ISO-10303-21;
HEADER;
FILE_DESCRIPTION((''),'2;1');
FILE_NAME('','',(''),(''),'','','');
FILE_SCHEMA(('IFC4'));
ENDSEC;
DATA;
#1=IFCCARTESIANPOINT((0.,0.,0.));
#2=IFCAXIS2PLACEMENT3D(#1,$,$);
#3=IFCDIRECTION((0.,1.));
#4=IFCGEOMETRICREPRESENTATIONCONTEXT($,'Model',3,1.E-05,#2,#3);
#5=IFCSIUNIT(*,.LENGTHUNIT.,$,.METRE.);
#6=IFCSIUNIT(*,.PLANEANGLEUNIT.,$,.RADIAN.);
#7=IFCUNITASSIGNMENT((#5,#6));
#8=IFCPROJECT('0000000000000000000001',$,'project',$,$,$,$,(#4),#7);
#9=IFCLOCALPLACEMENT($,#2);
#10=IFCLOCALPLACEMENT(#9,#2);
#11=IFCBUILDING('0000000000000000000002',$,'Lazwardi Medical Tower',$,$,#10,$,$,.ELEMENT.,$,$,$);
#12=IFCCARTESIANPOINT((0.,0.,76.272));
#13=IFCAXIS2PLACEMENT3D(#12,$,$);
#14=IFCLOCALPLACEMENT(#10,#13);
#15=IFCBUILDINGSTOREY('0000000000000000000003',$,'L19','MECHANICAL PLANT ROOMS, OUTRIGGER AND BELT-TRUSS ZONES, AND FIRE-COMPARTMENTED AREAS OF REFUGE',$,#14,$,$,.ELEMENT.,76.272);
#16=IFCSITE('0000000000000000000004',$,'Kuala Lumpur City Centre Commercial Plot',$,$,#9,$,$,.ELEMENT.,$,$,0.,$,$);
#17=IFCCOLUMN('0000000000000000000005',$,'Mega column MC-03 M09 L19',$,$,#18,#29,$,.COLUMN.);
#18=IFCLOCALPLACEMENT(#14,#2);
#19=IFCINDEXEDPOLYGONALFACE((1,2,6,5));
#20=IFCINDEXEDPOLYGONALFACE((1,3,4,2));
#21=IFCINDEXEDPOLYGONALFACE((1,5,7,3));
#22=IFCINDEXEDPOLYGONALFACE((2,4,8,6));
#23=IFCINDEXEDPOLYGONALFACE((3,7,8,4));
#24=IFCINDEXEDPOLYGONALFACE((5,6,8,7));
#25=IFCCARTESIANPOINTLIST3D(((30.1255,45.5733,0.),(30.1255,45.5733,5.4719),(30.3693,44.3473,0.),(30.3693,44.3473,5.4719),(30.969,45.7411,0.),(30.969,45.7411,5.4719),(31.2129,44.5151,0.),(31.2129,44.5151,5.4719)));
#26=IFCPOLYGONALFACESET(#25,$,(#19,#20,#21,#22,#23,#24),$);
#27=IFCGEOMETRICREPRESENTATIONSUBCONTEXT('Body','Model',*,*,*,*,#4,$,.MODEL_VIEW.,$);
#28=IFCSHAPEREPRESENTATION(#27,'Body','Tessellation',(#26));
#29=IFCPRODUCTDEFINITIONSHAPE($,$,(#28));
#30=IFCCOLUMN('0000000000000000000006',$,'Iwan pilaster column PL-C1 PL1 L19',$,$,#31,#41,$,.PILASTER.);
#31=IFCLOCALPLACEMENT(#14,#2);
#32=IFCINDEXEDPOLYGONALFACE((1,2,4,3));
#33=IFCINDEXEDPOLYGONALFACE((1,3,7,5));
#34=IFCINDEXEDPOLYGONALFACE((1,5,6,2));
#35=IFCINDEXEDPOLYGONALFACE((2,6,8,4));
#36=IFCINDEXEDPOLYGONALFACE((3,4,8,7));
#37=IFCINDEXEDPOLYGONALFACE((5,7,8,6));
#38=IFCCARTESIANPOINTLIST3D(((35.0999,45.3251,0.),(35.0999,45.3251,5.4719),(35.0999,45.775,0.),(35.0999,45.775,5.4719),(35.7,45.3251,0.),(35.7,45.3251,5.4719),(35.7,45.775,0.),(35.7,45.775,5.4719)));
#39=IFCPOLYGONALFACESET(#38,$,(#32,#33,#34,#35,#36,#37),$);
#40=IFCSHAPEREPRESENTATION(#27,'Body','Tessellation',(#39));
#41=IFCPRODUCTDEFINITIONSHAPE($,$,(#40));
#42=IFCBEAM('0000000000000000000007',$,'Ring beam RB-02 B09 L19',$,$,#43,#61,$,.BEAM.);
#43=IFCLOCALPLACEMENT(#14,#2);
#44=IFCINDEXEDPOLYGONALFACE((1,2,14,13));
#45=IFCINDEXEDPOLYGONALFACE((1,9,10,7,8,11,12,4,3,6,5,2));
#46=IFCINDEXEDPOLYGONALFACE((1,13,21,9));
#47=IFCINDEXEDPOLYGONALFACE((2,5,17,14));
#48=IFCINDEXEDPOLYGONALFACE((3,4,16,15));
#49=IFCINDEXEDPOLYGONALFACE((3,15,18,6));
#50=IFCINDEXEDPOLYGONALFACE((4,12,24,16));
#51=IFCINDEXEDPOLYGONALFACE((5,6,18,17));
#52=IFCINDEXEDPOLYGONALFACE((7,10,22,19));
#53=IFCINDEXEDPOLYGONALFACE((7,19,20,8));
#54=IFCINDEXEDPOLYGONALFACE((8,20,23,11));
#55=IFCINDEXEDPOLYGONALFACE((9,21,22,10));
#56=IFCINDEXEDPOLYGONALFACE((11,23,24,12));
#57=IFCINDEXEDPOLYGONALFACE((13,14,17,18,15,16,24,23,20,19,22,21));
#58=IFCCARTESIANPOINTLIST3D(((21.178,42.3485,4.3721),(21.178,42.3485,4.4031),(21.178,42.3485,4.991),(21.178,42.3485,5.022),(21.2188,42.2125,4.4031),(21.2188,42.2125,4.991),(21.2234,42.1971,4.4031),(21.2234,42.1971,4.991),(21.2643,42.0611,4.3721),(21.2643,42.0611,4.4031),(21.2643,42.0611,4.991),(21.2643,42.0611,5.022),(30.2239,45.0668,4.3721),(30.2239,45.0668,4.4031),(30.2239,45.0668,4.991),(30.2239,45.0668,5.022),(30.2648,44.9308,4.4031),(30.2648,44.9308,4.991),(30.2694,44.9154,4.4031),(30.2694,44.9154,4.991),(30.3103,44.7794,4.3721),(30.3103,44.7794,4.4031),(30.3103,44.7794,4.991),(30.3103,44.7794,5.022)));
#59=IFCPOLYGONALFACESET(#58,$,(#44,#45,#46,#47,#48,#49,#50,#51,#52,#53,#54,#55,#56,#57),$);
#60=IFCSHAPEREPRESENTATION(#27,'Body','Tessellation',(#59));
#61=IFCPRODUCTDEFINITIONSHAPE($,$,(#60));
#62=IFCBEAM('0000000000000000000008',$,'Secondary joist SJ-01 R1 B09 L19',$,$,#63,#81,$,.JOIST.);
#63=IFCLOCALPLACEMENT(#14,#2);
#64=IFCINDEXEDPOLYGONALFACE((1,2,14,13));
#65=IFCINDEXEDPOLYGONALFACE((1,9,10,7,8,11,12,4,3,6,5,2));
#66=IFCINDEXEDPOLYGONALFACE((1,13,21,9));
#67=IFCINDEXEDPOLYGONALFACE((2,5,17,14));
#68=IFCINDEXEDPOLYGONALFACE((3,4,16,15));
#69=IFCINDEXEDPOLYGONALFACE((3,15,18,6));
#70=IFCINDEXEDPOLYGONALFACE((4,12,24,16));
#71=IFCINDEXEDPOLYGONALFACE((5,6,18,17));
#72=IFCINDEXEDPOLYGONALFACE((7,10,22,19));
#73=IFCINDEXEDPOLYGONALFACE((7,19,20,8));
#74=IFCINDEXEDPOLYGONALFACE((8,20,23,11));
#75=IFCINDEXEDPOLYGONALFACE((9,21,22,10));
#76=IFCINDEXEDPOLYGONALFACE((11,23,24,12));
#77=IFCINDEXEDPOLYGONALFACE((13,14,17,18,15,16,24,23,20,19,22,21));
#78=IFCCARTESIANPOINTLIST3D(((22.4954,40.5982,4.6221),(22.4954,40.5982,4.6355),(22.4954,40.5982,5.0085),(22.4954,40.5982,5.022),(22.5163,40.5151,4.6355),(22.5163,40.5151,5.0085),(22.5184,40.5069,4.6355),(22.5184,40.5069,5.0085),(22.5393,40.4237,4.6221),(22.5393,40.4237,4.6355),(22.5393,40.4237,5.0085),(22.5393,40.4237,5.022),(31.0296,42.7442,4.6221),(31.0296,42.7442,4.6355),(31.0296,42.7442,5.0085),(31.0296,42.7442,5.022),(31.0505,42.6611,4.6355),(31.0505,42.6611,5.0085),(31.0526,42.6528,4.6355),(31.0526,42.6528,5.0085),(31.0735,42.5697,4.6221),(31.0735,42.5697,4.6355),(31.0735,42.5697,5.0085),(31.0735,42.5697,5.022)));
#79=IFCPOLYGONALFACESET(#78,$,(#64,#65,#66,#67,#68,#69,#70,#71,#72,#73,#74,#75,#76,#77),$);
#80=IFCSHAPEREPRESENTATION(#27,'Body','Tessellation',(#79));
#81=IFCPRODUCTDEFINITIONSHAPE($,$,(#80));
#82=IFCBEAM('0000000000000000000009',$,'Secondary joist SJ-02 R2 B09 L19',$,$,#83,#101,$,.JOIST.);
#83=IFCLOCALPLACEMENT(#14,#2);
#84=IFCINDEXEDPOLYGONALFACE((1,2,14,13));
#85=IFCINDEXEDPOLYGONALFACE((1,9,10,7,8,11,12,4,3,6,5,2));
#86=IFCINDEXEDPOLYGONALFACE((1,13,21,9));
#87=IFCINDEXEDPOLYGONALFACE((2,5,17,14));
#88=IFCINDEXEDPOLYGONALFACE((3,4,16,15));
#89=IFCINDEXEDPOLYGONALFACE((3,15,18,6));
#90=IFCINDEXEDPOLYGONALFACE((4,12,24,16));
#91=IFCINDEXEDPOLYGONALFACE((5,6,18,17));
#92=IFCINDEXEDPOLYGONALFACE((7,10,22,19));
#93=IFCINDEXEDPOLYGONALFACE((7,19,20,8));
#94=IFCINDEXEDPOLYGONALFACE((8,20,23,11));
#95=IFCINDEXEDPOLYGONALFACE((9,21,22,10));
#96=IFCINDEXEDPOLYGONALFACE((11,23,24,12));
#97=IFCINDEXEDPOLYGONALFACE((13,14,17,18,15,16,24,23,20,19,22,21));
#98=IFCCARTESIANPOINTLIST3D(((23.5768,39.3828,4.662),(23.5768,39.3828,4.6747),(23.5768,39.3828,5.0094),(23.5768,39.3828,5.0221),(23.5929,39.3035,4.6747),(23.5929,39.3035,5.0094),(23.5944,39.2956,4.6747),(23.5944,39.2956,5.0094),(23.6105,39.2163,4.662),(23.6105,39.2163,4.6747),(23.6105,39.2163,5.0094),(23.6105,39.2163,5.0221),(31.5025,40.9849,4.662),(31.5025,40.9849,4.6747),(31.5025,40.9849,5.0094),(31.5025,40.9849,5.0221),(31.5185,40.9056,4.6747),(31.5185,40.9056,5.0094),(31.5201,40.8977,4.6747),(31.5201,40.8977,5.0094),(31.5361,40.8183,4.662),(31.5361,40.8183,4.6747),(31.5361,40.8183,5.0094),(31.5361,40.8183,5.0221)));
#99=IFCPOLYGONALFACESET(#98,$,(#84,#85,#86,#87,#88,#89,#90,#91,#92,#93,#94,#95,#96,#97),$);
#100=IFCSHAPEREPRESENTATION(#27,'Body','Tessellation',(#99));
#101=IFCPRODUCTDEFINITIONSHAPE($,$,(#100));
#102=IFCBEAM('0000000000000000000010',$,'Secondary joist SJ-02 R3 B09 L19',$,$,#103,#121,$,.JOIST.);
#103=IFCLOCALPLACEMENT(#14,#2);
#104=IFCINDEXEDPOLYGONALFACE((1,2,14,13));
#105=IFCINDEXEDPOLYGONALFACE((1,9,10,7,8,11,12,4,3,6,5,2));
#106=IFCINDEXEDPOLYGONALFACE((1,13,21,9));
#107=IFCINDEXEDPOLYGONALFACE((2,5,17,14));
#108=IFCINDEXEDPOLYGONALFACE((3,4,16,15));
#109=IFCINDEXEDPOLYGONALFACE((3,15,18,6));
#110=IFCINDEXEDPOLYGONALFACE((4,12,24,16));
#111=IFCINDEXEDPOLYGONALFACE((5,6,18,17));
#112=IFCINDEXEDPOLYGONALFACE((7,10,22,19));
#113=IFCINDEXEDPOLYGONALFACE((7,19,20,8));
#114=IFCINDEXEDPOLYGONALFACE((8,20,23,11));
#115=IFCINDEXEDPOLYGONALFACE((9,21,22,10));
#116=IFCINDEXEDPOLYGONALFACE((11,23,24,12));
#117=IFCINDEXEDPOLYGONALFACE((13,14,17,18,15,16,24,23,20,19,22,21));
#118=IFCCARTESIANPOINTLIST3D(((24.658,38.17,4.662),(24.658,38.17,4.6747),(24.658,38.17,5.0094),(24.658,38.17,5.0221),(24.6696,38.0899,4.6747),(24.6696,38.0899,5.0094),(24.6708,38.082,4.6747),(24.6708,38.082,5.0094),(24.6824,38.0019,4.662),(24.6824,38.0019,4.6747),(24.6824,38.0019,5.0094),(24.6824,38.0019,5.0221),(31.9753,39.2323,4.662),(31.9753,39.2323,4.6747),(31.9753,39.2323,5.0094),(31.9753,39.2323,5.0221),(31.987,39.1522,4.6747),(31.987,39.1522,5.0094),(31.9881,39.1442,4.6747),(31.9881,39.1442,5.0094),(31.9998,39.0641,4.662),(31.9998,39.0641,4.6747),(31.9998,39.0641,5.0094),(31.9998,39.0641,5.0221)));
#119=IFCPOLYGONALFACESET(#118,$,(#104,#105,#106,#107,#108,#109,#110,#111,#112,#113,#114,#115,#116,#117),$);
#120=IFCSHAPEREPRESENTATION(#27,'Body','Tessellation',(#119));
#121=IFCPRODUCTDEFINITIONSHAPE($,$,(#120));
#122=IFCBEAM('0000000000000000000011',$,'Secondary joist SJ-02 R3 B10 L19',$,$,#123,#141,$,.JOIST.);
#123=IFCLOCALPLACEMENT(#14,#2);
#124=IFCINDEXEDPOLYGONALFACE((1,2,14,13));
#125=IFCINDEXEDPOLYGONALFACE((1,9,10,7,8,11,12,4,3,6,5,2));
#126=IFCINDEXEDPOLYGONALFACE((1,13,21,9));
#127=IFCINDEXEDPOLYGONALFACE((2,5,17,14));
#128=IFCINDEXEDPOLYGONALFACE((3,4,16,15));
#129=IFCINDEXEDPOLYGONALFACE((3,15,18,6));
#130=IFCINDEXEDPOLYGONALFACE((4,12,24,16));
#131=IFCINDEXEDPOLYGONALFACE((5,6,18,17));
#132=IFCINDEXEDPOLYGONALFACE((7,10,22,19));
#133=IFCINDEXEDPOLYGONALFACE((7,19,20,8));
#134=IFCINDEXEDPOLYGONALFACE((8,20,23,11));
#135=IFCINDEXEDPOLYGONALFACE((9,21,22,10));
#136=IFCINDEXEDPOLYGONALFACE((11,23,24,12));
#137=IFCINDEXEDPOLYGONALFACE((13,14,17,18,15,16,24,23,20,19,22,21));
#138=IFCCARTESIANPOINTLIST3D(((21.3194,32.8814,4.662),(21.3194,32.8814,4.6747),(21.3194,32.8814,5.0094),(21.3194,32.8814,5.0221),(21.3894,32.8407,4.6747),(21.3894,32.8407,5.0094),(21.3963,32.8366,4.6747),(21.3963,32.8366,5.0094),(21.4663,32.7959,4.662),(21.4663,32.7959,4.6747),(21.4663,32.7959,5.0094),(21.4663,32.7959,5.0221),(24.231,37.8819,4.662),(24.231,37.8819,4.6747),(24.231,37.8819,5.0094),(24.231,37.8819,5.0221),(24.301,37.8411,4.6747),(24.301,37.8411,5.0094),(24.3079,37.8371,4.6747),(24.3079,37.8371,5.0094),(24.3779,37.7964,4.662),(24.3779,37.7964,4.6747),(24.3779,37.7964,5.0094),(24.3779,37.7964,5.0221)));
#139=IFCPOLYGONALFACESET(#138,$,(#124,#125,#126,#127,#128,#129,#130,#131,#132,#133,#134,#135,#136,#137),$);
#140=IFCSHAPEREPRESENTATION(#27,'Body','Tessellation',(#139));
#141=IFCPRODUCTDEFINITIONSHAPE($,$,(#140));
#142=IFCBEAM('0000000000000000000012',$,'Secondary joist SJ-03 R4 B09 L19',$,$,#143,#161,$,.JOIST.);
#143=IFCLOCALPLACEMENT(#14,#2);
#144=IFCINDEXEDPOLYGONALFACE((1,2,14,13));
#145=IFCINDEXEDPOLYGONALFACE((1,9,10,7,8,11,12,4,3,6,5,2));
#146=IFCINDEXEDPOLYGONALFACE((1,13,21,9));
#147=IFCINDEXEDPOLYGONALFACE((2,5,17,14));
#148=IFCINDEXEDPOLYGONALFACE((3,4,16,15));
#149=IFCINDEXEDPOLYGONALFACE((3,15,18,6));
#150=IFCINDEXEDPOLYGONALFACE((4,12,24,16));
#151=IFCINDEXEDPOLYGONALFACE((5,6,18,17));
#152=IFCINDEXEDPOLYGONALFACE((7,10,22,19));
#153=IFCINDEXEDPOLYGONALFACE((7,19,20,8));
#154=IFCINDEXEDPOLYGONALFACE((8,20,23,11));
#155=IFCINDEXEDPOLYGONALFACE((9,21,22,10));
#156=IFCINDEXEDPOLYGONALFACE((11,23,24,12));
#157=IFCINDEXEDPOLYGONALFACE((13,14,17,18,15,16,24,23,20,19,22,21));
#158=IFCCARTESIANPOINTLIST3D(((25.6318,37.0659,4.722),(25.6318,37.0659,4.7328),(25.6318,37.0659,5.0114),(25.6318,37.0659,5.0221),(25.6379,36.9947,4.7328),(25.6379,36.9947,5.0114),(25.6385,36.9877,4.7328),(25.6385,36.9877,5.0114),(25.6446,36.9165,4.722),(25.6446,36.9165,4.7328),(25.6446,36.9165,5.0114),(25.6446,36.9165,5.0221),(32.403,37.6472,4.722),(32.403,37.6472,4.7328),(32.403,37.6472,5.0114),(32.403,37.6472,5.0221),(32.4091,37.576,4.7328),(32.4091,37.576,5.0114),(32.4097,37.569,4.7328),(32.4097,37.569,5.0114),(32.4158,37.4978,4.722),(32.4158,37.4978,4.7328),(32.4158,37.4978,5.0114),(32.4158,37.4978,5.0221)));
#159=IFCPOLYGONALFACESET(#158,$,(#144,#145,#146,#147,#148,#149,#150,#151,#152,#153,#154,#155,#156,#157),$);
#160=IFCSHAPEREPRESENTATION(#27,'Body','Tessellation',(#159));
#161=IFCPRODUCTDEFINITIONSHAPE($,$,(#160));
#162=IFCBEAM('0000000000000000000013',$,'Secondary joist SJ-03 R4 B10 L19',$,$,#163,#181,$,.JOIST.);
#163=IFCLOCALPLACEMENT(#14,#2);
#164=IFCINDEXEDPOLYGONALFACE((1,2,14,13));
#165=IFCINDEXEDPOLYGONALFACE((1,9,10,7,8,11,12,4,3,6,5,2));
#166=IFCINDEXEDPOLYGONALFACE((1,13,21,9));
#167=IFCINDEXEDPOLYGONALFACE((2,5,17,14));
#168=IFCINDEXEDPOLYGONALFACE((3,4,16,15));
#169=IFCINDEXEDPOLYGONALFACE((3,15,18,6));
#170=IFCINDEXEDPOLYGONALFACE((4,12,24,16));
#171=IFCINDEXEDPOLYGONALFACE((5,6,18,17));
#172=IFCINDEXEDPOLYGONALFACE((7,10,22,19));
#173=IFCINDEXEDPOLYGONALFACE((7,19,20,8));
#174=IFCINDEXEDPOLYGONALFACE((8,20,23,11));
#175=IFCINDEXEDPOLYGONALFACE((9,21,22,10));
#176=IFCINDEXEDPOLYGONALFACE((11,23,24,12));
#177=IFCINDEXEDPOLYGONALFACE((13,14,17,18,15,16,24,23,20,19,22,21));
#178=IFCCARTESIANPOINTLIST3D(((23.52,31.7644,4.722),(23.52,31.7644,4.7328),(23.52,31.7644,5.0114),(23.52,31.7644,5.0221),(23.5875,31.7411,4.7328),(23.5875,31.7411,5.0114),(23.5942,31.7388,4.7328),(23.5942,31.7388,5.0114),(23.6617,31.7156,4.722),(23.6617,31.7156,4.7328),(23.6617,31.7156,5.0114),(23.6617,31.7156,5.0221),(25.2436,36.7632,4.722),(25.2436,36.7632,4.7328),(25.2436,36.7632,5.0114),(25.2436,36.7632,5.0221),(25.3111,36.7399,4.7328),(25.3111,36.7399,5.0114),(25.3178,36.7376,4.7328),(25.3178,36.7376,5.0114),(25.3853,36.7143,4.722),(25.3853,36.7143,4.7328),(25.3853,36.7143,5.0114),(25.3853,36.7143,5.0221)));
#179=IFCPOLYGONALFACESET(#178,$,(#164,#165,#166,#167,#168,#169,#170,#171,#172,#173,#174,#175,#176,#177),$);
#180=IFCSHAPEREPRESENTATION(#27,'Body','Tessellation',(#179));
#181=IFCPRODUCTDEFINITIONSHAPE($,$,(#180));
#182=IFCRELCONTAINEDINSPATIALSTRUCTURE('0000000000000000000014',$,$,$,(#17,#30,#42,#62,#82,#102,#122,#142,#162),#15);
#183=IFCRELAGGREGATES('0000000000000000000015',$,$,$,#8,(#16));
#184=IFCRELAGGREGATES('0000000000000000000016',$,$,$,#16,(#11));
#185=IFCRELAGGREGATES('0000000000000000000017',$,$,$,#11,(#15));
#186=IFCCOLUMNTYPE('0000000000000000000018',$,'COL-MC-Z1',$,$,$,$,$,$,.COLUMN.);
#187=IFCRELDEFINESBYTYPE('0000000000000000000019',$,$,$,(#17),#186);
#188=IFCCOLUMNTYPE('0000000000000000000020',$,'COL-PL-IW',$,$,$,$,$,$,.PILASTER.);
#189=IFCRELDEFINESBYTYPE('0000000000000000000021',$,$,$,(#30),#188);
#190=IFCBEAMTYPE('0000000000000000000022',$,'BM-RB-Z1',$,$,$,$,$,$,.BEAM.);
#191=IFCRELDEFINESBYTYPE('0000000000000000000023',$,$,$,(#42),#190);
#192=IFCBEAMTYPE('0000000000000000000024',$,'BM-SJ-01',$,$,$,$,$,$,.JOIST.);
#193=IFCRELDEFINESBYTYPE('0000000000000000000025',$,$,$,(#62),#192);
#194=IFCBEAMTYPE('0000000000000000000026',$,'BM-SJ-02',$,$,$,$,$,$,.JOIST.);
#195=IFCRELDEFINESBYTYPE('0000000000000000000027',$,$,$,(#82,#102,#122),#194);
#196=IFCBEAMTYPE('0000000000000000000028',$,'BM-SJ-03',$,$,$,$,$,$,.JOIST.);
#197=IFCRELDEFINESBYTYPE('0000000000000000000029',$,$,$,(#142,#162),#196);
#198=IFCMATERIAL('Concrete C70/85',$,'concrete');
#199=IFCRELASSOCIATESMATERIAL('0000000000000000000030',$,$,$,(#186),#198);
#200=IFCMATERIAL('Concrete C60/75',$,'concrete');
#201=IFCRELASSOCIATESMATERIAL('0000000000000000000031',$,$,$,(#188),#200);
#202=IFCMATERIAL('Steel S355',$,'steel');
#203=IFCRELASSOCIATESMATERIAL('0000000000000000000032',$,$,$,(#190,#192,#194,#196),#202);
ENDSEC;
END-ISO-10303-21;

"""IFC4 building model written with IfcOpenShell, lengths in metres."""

from ifc_helpers import new_model, si_unit, direction, frame, origin, origin_2d, place, context, subcontext, project, spatial, rectangle, i_section, extrude, material, material_profile, profile_set, type_object, element, save


model = new_model("IFC4")

# Units and contexts
model_context = context("Model", 3, precision=1e-05, world=origin(), true_north=direction((0.0, 1.0)))
body_context = subcontext(model_context, "Body", "Model", "MODEL_VIEW")
ifc_project = project(units=[si_unit("LENGTHUNIT", "METRE"), si_unit("PLANEANGLEUNIT", "RADIAN")], contexts=[model_context])

# Site, building, storey
site_placement = place(None, origin())
site = spatial("IfcSite", under=ifc_project, at=site_placement, Name="Kuala Lumpur City Centre Commercial Plot", CompositionType="ELEMENT", RefElevation=0.0)
building_placement = place(site_placement, origin())
building = spatial("IfcBuilding", under=site, at=building_placement, Name="Lazwardi Medical Tower", CompositionType="ELEMENT")
storey_placement = place(building_placement, frame((0.0, 0.0, 76.272)))
storey = spatial("IfcBuildingStorey", under=building, at=storey_placement, Name="L19", Description="MECHANICAL PLANT ROOMS, OUTRIGGER AND BELT-TRUSS ZONES, AND FIRE-COMPARTMENTED AREAS OF REFUGE", CompositionType="ELEMENT", Elevation=76.272)

# Columns
ifc_material_1 = material(Name="Concrete C70/85", Category="concrete")
ifc_material_profile_1 = material_profile(ifc_material_1, rectangle(XDim=1.25, YDim=0.8601, at=origin_2d()), Name="CFT-RECT 1250x860")
ifc_profile_set_1 = profile_set([ifc_material_profile_1], Name="Concrete C70/85")
column_type_1 = type_object("IfcColumnType", Name="COL-MC-Z1", PredefinedType="COLUMN", material=ifc_profile_set_1)
column_1_placement = place(storey_placement, frame((30.6692, 45.0442, 0.0), z_axis=(0.0, 0.0, 1.0), x_axis=(-0.19509, 0.980785, 0.0)))
element("IfcColumn", 1, at=column_1_placement, inside=storey, type_object=column_type_1, Name="Mega column MC-03 M09 L19", PredefinedType="COLUMN", context=body_context, shape_type="SweptSolid", body=[
    extrude(rectangle(XDim=1.25, YDim=0.8601, at=origin_2d()), origin(), (0.0, 0.0, 1.0), 5.4719),
])
ifc_material_2 = material(Name="Concrete C60/75", Category="concrete")
ifc_material_profile_2 = material_profile(ifc_material_2, rectangle(XDim=0.6001, YDim=0.45, at=origin_2d()), Name="RC 600x450")
ifc_profile_set_2 = profile_set([ifc_material_profile_2], Name="Concrete C60/75")
column_type_2 = type_object("IfcColumnType", Name="COL-PL-IW", PredefinedType="PILASTER", material=ifc_profile_set_2)
column_2_placement = place(storey_placement, frame((35.3999, 45.55, 0.0), z_axis=(0.0, 0.0, 1.0), x_axis=(1.0, 0.0, 0.0)))
element("IfcColumn", 2, at=column_2_placement, inside=storey, type_object=column_type_2, Name="Iwan pilaster column PL-C1 PL1 L19", PredefinedType="PILASTER", context=body_context, shape_type="SweptSolid", body=[
    extrude(rectangle(XDim=0.6001, YDim=0.45, at=origin_2d()), origin(), (0.0, 0.0, 1.0), 5.4719),
])

# Beams
ifc_material_3 = material(Name="Steel S355", Category="steel")
ifc_material_profile_3 = material_profile(ifc_material_3, i_section(OverallWidth=0.3, OverallDepth=0.6499, WebThickness=0.0161, FlangeThickness=0.031, at=origin_2d()), Name="HEB 650")
ifc_profile_set_3 = profile_set([ifc_material_profile_3], Name="Steel S355")
beam_type_1 = type_object("IfcBeamType", Name="BM-RB-Z1", PredefinedType="BEAM", material=ifc_profile_set_3)
beam_1_placement = place(storey_placement, frame((30.2671, 44.9231, 4.697), z_axis=(-0.957695, -0.287784, 0.0), x_axis=(0.287784, -0.957695, 0.0)))
element("IfcBeam", 3, at=beam_1_placement, inside=storey, type_object=beam_type_1, Name="Ring beam RB-02 B09 L19", PredefinedType="BEAM", context=body_context, shape_type="SweptSolid", body=[
    extrude(i_section(OverallWidth=0.3, OverallDepth=0.6499, WebThickness=0.0161, FlangeThickness=0.031, at=origin_2d()), origin(), (0.0, 0.0, 1.0), 9.4456),
])
ifc_material_profile_4 = material_profile(ifc_material_3, i_section(OverallWidth=0.1799, OverallDepth=0.3999, WebThickness=0.0085, FlangeThickness=0.0134, at=origin_2d()), Name="IPE 400")
ifc_profile_set_4 = profile_set([ifc_material_profile_4], Name="Steel S355")
beam_type_2 = type_object("IfcBeamType", Name="BM-SJ-01", PredefinedType="JOIST", material=ifc_profile_set_4)
beam_2_placement = place(storey_placement, frame((31.0515, 42.657, 4.822), z_axis=(-0.969809, -0.243867, 0.0), x_axis=(0.243867, -0.969809, 0.0)))
element("IfcBeam", 4, at=beam_2_placement, inside=storey, type_object=beam_type_2, Name="Secondary joist SJ-01 R1 B09 L19", PredefinedType="JOIST", context=body_context, shape_type="SweptSolid", body=[
    extrude(i_section(OverallWidth=0.1799, OverallDepth=0.3999, WebThickness=0.0085, FlangeThickness=0.0134, at=origin_2d()), origin(), (0.0, 0.0, 1.0), 8.7998),
])
ifc_material_profile_5 = material_profile(ifc_material_3, i_section(OverallWidth=0.1699, OverallDepth=0.3601, WebThickness=0.0081, FlangeThickness=0.0127, at=origin_2d()), Name="IPE 360")
ifc_profile_set_5 = profile_set([ifc_material_profile_5], Name="Steel S355")
beam_type_3 = type_object("IfcBeamType", Name="BM-SJ-02", PredefinedType="JOIST", material=ifc_profile_set_5)
beam_3_placement = place(storey_placement, frame((31.5193, 40.9016, 4.842), z_axis=(-0.980176, -0.198131, 0.0), x_axis=(0.198131, -0.980176, 0.0)))
element("IfcBeam", 5, at=beam_3_placement, inside=storey, type_object=beam_type_3, Name="Secondary joist SJ-02 R2 B09 L19", PredefinedType="JOIST", context=body_context, shape_type="SweptSolid", body=[
    extrude(i_section(OverallWidth=0.1699, OverallDepth=0.3601, WebThickness=0.0081, FlangeThickness=0.0127, at=origin_2d()), origin(), (0.0, 0.0, 1.0), 8.0859),
])
beam_4_placement = place(storey_placement, frame((31.9875, 39.1482, 4.842), z_axis=(-0.989627, -0.143663, 0.0), x_axis=(0.143663, -0.989627, 0.0)))
element("IfcBeam", 6, at=beam_4_placement, inside=storey, type_object=beam_type_3, Name="Secondary joist SJ-02 R3 B09 L19", PredefinedType="JOIST", context=body_context, shape_type="SweptSolid", body=[
    extrude(i_section(OverallWidth=0.1699, OverallDepth=0.3601, WebThickness=0.0081, FlangeThickness=0.0127, at=origin_2d()), origin(), (0.0, 0.0, 1.0), 7.394),
])
beam_5_placement = place(storey_placement, frame((24.3044, 37.8391, 4.842), z_axis=(-0.503184, -0.86418, 0.0), x_axis=(0.86418, -0.503184, 0.0)))
element("IfcBeam", 7, at=beam_5_placement, inside=storey, type_object=beam_type_3, Name="Secondary joist SJ-02 R3 B10 L19", PredefinedType="JOIST", context=body_context, shape_type="SweptSolid", body=[
    extrude(i_section(OverallWidth=0.1699, OverallDepth=0.3601, WebThickness=0.0081, FlangeThickness=0.0127, at=origin_2d()), origin(), (0.0, 0.0, 1.0), 5.7864),
])
ifc_material_profile_6 = material_profile(ifc_material_3, i_section(OverallWidth=0.1499, OverallDepth=0.3, WebThickness=0.0071, FlangeThickness=0.0107, at=origin_2d()), Name="IPE 300")
ifc_profile_set_6 = profile_set([ifc_material_profile_6], Name="Steel S355")
beam_type_4 = type_object("IfcBeamType", Name="BM-SJ-03", PredefinedType="JOIST", material=ifc_profile_set_6)
beam_6_placement = place(storey_placement, frame((32.4094, 37.5725, 4.8721), z_axis=(-0.996335, -0.085534, 0.0), x_axis=(0.085534, -0.996335, 0.0)))
element("IfcBeam", 8, at=beam_6_placement, inside=storey, type_object=beam_type_4, Name="Secondary joist SJ-03 R4 B09 L19", PredefinedType="JOIST", context=body_context, shape_type="SweptSolid", body=[
    extrude(i_section(OverallWidth=0.1499, OverallDepth=0.3, WebThickness=0.0071, FlangeThickness=0.0107, at=origin_2d()), origin(), (0.0, 0.0, 1.0), 6.7961),
])
beam_7_placement = place(storey_placement, frame((25.3145, 36.7388, 4.8721), z_axis=(-0.325976, -0.945378, 0.0), x_axis=(0.945378, -0.325976, 0.0)))
element("IfcBeam", 9, at=beam_7_placement, inside=storey, type_object=beam_type_4, Name="Secondary joist SJ-03 R4 B10 L19", PredefinedType="JOIST", context=body_context, shape_type="SweptSolid", body=[
    extrude(i_section(OverallWidth=0.1499, OverallDepth=0.3, WebThickness=0.0071, FlangeThickness=0.0107, at=origin_2d()), origin(), (0.0, 0.0, 1.0), 5.2876),
])

save(model, "model.ifc")
